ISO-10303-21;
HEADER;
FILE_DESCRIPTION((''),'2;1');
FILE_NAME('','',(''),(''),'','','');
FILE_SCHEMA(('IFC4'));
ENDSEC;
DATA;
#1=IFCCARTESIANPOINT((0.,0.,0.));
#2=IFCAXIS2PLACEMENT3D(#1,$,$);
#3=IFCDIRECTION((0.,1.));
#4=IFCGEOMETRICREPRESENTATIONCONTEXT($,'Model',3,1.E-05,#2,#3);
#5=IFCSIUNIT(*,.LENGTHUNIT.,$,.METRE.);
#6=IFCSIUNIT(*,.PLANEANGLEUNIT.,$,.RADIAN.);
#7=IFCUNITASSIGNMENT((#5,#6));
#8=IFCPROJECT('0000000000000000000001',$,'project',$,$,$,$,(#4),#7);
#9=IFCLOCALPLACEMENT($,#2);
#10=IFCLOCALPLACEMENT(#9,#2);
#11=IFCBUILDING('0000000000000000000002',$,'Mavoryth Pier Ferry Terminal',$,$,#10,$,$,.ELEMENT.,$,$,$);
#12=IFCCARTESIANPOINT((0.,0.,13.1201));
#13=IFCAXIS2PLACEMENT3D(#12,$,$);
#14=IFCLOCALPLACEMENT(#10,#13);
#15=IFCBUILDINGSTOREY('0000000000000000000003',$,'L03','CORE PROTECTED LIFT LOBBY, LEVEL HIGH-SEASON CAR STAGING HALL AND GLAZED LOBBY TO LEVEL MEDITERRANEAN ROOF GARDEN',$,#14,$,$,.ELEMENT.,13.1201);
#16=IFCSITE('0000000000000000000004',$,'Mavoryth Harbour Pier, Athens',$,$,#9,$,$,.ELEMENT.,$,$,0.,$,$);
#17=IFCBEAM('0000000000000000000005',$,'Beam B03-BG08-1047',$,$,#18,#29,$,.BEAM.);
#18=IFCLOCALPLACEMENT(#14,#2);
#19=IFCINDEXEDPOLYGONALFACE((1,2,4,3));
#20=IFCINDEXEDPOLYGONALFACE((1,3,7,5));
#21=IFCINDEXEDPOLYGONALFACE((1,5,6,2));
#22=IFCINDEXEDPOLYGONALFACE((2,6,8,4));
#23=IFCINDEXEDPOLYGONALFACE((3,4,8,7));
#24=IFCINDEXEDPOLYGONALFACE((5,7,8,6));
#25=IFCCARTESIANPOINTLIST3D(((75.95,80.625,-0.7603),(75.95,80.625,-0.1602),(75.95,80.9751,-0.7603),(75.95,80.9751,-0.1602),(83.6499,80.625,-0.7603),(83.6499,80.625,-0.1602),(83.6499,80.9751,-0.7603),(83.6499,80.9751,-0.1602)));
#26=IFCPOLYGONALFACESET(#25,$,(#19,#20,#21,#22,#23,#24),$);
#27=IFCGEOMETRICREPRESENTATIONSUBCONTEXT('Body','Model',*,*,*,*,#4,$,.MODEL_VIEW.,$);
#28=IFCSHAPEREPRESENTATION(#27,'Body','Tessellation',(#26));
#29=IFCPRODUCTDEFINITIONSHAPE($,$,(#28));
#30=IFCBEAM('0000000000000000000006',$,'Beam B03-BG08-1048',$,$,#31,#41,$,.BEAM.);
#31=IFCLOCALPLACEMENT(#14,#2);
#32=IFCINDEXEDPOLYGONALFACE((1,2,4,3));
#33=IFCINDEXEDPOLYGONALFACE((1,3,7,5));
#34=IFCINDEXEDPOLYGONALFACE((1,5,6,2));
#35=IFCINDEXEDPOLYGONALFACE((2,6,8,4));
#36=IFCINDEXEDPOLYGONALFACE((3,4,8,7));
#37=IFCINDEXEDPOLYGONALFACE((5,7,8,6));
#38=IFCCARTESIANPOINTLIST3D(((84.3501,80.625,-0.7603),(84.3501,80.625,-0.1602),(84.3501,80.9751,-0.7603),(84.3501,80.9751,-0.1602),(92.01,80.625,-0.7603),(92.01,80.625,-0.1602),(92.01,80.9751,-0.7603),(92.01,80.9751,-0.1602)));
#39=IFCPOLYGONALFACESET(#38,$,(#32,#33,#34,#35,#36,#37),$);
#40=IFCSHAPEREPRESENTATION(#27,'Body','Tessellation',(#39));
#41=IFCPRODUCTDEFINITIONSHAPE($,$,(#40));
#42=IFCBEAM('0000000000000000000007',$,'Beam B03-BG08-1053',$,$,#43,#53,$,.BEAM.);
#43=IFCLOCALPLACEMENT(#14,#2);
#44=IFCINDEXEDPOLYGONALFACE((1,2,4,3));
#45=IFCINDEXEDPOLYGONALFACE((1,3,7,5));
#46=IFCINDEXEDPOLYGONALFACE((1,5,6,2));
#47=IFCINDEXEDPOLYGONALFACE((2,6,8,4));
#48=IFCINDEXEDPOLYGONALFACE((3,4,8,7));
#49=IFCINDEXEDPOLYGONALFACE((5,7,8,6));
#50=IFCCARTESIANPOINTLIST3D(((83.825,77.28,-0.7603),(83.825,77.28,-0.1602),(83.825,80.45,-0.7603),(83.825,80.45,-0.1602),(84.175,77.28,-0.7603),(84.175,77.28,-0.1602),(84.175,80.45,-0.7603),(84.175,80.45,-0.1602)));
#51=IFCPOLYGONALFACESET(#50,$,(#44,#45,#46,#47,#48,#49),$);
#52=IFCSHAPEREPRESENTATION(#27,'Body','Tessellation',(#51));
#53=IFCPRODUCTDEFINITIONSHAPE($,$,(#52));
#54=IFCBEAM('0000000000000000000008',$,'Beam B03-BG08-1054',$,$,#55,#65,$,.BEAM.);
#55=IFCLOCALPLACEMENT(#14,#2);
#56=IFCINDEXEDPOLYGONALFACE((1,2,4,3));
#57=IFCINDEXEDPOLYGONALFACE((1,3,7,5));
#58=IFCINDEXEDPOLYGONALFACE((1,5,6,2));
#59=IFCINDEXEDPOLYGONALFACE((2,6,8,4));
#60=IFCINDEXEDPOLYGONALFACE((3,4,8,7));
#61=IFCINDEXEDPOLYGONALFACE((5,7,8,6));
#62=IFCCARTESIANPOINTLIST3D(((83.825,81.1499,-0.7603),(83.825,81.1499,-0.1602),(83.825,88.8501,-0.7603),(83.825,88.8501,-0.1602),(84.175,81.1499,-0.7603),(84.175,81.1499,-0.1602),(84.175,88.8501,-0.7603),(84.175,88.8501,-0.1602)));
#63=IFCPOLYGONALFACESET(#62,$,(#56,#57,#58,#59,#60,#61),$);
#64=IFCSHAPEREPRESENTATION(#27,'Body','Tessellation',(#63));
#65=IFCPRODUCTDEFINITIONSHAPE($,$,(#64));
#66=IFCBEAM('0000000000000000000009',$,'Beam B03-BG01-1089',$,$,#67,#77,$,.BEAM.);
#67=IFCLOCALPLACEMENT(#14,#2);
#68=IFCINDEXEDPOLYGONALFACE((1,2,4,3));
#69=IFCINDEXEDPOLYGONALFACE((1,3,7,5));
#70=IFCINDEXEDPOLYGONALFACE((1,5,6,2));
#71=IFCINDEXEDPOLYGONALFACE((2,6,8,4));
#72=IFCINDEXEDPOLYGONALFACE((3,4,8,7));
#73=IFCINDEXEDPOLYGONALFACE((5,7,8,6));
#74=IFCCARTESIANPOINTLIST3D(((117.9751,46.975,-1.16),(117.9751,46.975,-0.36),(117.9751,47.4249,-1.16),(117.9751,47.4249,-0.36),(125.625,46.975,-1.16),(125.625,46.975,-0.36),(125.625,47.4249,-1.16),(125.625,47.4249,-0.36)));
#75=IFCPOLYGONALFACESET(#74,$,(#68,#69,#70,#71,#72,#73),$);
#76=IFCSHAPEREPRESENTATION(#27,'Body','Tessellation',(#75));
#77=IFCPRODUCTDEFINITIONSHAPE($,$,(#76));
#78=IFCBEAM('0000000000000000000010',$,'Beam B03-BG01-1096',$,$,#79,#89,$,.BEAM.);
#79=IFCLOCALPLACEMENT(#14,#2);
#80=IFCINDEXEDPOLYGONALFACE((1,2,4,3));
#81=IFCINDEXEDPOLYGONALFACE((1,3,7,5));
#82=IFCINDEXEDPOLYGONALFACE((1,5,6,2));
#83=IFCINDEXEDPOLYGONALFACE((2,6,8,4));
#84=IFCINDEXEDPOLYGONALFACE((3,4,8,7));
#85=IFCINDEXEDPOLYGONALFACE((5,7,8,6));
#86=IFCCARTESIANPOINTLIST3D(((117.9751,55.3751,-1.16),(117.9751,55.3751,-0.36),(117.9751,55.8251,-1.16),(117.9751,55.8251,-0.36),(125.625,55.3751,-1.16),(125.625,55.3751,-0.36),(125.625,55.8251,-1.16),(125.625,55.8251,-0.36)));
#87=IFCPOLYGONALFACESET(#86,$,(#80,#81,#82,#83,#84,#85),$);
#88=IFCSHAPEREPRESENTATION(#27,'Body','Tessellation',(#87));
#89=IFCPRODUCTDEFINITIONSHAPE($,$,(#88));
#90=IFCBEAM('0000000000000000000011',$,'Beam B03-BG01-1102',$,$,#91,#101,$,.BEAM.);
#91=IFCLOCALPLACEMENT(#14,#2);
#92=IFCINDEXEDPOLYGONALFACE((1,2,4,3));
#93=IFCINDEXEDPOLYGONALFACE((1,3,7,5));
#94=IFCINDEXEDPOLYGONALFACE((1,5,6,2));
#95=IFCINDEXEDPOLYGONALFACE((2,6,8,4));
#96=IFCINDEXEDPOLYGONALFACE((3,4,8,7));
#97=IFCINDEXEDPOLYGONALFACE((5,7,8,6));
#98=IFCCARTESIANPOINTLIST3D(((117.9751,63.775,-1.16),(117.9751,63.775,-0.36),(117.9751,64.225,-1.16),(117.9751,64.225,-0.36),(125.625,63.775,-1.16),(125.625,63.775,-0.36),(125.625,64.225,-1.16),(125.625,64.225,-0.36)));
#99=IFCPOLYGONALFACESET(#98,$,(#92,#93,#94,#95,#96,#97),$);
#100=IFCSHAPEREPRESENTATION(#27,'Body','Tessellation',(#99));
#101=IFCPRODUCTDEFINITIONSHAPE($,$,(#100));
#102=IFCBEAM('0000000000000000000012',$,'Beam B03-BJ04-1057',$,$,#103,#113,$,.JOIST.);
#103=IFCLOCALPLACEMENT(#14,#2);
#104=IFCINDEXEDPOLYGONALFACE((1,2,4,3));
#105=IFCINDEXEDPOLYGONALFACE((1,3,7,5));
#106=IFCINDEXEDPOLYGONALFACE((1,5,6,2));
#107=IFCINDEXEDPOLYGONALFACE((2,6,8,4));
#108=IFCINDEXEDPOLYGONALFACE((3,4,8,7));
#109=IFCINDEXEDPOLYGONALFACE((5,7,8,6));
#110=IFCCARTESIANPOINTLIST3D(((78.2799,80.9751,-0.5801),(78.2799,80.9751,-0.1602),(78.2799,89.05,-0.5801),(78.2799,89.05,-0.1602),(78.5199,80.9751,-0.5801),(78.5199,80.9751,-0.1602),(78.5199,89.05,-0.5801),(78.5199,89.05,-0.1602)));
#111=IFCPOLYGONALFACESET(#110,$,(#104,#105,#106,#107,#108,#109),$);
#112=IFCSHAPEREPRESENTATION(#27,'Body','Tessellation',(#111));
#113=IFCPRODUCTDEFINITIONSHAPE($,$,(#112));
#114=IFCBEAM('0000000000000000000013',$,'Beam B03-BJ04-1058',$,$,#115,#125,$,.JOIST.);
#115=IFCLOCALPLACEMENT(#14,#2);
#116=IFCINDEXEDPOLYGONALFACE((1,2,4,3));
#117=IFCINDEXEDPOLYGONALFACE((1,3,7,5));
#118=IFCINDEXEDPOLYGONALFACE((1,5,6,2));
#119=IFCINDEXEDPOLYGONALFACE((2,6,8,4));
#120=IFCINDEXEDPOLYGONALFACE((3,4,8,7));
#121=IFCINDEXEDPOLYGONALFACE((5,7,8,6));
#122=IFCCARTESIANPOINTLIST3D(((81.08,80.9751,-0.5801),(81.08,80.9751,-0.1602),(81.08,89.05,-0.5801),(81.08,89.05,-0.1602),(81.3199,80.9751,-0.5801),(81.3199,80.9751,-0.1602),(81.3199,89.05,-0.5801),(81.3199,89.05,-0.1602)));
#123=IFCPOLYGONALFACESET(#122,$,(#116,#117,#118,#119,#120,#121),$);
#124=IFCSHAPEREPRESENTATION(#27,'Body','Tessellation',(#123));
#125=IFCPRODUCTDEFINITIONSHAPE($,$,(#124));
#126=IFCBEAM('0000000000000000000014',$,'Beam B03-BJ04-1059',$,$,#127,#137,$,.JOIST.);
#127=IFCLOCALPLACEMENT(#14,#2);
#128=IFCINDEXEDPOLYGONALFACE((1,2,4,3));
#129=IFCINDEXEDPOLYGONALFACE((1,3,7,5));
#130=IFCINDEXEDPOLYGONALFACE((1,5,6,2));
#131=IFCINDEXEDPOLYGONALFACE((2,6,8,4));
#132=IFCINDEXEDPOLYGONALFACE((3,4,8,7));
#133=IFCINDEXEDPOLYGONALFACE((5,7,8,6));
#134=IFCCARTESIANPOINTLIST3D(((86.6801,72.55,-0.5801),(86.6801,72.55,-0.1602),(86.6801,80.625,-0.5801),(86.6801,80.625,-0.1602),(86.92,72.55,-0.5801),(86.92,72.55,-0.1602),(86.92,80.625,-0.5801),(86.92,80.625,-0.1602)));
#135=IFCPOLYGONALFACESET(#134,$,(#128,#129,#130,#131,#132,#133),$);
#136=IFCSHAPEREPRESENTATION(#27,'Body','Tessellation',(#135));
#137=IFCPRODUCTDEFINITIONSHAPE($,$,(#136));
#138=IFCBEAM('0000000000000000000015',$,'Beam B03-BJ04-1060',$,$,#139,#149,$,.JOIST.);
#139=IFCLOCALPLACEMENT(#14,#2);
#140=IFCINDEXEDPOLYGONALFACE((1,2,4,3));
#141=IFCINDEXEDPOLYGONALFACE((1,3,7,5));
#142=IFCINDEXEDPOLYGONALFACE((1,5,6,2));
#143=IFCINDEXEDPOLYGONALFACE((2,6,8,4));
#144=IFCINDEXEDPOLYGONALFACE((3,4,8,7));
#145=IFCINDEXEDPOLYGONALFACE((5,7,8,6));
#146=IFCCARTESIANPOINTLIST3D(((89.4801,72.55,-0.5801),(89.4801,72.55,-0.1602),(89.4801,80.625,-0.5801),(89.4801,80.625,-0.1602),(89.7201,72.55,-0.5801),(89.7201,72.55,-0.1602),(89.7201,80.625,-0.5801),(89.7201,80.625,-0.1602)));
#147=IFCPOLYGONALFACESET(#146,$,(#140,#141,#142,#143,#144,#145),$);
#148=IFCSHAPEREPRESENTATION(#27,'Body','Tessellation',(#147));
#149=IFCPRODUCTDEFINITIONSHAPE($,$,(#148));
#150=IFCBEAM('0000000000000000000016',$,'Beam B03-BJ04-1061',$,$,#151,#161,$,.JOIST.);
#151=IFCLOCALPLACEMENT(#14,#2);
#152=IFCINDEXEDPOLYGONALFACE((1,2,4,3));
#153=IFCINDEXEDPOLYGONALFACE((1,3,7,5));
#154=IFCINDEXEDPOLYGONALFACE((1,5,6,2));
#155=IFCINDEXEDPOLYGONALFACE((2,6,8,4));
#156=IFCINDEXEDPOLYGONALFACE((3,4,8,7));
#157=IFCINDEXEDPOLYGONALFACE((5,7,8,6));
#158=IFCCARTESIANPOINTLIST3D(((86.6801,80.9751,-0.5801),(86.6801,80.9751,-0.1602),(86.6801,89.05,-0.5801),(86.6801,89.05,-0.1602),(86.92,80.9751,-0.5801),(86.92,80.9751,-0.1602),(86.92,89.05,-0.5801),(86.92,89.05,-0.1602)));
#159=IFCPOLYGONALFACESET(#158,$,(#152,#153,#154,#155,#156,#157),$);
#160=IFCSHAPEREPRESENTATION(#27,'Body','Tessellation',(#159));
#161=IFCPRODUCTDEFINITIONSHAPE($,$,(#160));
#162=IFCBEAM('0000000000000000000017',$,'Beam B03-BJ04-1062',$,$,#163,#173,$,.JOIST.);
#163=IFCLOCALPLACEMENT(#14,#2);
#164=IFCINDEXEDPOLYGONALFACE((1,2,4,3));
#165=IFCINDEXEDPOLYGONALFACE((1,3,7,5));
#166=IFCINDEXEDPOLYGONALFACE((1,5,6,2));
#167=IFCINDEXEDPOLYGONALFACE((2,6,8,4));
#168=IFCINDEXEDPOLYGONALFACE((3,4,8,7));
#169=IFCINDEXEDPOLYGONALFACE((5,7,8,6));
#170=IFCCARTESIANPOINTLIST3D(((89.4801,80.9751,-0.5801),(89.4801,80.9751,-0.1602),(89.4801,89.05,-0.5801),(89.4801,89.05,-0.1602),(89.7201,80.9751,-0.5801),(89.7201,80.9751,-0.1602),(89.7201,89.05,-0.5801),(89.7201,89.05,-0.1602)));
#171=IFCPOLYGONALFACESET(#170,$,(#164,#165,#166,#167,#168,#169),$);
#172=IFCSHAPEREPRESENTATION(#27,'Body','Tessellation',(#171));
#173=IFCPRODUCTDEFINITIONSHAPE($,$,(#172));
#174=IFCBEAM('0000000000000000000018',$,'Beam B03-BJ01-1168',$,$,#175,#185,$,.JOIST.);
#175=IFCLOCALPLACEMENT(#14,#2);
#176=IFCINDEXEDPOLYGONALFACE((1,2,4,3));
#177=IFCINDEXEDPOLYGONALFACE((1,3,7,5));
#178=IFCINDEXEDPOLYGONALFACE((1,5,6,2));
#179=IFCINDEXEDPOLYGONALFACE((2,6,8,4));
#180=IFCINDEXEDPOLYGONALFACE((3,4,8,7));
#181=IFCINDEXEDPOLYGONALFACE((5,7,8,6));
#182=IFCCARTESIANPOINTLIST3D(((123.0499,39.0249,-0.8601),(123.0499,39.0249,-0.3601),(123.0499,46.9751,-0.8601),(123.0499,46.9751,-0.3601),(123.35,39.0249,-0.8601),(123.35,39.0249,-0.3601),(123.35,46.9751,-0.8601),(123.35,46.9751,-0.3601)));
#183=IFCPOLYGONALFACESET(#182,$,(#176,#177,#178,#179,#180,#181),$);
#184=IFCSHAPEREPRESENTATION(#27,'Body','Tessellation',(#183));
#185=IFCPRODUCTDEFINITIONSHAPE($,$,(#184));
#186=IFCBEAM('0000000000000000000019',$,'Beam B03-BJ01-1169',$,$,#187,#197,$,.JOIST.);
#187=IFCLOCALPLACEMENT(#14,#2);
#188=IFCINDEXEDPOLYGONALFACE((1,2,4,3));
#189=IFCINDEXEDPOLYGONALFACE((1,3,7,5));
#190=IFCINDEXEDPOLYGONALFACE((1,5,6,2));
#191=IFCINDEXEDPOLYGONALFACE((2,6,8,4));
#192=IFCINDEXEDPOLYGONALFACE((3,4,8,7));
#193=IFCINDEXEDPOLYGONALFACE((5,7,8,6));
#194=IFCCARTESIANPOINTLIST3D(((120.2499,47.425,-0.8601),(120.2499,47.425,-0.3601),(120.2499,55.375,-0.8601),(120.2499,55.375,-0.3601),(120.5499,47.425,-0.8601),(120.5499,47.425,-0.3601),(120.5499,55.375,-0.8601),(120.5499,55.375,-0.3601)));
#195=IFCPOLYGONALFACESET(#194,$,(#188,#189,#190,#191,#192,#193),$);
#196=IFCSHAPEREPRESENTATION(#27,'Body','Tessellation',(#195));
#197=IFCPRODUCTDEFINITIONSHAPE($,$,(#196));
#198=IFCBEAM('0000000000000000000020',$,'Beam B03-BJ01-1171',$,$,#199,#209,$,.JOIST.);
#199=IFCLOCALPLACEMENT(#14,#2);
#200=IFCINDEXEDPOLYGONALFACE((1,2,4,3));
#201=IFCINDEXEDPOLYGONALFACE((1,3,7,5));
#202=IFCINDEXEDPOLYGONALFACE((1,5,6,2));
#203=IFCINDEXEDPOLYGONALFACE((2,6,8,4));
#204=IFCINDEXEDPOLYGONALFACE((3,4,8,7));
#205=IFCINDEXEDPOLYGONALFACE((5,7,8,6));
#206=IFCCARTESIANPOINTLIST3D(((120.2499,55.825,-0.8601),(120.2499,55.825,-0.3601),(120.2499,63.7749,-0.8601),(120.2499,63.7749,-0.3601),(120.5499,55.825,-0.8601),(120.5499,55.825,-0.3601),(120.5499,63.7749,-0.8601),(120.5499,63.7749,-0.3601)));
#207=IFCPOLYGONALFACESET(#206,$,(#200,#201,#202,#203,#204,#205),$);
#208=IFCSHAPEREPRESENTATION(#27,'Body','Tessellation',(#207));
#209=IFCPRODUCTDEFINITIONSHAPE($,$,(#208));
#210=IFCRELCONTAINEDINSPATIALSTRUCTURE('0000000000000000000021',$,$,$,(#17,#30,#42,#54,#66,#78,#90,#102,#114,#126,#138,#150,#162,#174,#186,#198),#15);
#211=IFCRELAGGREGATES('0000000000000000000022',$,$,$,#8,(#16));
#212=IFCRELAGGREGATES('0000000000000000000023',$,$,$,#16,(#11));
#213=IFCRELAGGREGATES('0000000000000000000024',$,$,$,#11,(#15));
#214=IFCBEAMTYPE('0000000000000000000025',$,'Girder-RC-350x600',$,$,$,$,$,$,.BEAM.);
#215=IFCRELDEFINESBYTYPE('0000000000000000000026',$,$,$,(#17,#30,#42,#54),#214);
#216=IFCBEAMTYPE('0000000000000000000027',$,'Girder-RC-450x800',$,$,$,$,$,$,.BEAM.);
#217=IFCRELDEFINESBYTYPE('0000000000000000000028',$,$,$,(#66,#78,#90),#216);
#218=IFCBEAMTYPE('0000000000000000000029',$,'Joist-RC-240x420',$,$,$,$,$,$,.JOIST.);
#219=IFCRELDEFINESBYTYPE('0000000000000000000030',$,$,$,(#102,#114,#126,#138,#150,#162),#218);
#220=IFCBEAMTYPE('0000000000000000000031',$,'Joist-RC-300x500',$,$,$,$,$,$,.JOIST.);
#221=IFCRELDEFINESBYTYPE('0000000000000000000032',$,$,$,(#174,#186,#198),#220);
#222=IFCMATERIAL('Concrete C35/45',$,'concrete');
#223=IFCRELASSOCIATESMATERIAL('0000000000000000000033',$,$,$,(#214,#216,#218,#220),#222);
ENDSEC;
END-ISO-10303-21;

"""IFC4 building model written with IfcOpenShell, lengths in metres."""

from ifc_helpers import new_model, si_unit, direction, frame, origin, origin_2d, place, context, subcontext, project, spatial, rectangle, extrude, material, material_profile, profile_set, type_object, element, save


model = new_model("IFC4")

# Units and contexts
model_context = context("Model", 3, precision=1e-05, world=origin(), true_north=direction((0.0, 1.0)))
body_context = subcontext(model_context, "Body", "Model", "MODEL_VIEW")
ifc_project = project(units=[si_unit("LENGTHUNIT", "METRE"), si_unit("PLANEANGLEUNIT", "RADIAN")], contexts=[model_context])

# Site, building, storey
site_placement = place(None, origin())
site = spatial("IfcSite", under=ifc_project, at=site_placement, Name="Mavoryth Harbour Pier, Athens", CompositionType="ELEMENT", RefElevation=0.0)
building_placement = place(site_placement, origin())
building = spatial("IfcBuilding", under=site, at=building_placement, Name="Mavoryth Pier Ferry Terminal", CompositionType="ELEMENT")
storey_placement = place(building_placement, frame((0.0, 0.0, 13.1201)))
storey = spatial("IfcBuildingStorey", under=building, at=storey_placement, Name="L03", Description="CORE PROTECTED LIFT LOBBY, LEVEL HIGH-SEASON CAR STAGING HALL AND GLAZED LOBBY TO LEVEL MEDITERRANEAN ROOF GARDEN", CompositionType="ELEMENT", Elevation=13.1201)

# Beams
ifc_material = material(Name="Concrete C35/45", Category="concrete")
ifc_material_profile_1 = material_profile(ifc_material, rectangle(XDim=0.3501, YDim=0.6001, at=origin_2d()), Name="RC 350x600", Category="concrete")
ifc_profile_set_1 = profile_set([ifc_material_profile_1], Name="Concrete C35/45 - RC 350x600")
beam_type_1 = type_object("IfcBeamType", Name="Girder-RC-350x600", PredefinedType="BEAM", material=ifc_profile_set_1)
beam_1_placement = place(storey_placement, frame((75.95, 80.8, -0.4602), z_axis=(1.0, 0.0, 0.0), x_axis=(0.0, 1.0, 0.0)))
element("IfcBeam", 1, at=beam_1_placement, inside=storey, type_object=beam_type_1, Name="Beam B03-BG08-1047", PredefinedType="BEAM", context=body_context, shape_type="SweptSolid", body=[
    extrude(rectangle(XDim=0.3501, YDim=0.6001, at=origin_2d()), origin(), (0.0, 0.0, 1.0), 7.7),
])
beam_2_placement = place(storey_placement, frame((84.3501, 80.8, -0.4602), z_axis=(1.0, 0.0, 0.0), x_axis=(0.0, 1.0, 0.0)))
element("IfcBeam", 2, at=beam_2_placement, inside=storey, type_object=beam_type_1, Name="Beam B03-BG08-1048", PredefinedType="BEAM", context=body_context, shape_type="SweptSolid", body=[
    extrude(rectangle(XDim=0.3501, YDim=0.6001, at=origin_2d()), origin(), (0.0, 0.0, 1.0), 7.6599),
])
beam_3_placement = place(storey_placement, frame((84.0, 77.28, -0.4602), z_axis=(0.0, 1.0, 0.0), x_axis=(-1.0, 0.0, 0.0)))
element("IfcBeam", 3, at=beam_3_placement, inside=storey, type_object=beam_type_1, Name="Beam B03-BG08-1053", PredefinedType="BEAM", context=body_context, shape_type="SweptSolid", body=[
    extrude(rectangle(XDim=0.3501, YDim=0.6001, at=origin_2d()), origin(), (0.0, 0.0, 1.0), 3.1699),
])
beam_4_placement = place(storey_placement, frame((84.0, 81.1499, -0.4602), z_axis=(0.0, 1.0, 0.0), x_axis=(-1.0, 0.0, 0.0)))
element("IfcBeam", 4, at=beam_4_placement, inside=storey, type_object=beam_type_1, Name="Beam B03-BG08-1054", PredefinedType="BEAM", context=body_context, shape_type="SweptSolid", body=[
    extrude(rectangle(XDim=0.3501, YDim=0.6001, at=origin_2d()), origin(), (0.0, 0.0, 1.0), 7.7002),
])
ifc_material_profile_2 = material_profile(ifc_material, rectangle(XDim=0.45, YDim=0.8, at=origin_2d()), Name="RC 450x800", Category="concrete")
ifc_profile_set_2 = profile_set([ifc_material_profile_2], Name="Concrete C35/45 - RC 450x800")
beam_type_2 = type_object("IfcBeamType", Name="Girder-RC-450x800", PredefinedType="BEAM", material=ifc_profile_set_2)
for number, where, z_axis, x_axis, name in (
    (5, (117.9751, 47.2, -0.76), (1.0, 0.0, 0.0), (0.0, 1.0, 0.0), "Beam B03-BG01-1089"),
    (6, (117.9751, 55.6001, -0.76), (1.0, 0.0, 0.0), (0.0, 1.0, 0.0), "Beam B03-BG01-1096"),
    (7, (117.9751, 64.0, -0.76), (1.0, 0.0, 0.0), (0.0, 1.0, 0.0), "Beam B03-BG01-1102"),
):
    element("IfcBeam", number, at=place(storey_placement, frame(where, z_axis=z_axis, x_axis=x_axis)), inside=storey, type_object=beam_type_2, Name=name, PredefinedType="BEAM", context=body_context, shape_type="SweptSolid", body=[
        extrude(rectangle(XDim=0.45, YDim=0.8, at=origin_2d()), origin(), (0.0, 0.0, 1.0), 7.6499),
    ])
ifc_material_profile_3 = material_profile(ifc_material, rectangle(XDim=0.24, YDim=0.4199, at=origin_2d()), Name="RC 240x420", Category="concrete")
ifc_profile_set_3 = profile_set([ifc_material_profile_3], Name="Concrete C35/45 - RC 240x420")
beam_type_3 = type_object("IfcBeamType", Name="Joist-RC-240x420", PredefinedType="JOIST", material=ifc_profile_set_3)
for number, where, z_axis, x_axis, name in (
    (8, (78.3999, 80.9751, -0.3701), (0.0, 1.0, 0.0), (-1.0, 0.0, 0.0), "Beam B03-BJ04-1057"),
    (9, (81.2, 80.9751, -0.3701), (0.0, 1.0, 0.0), (-1.0, 0.0, 0.0), "Beam B03-BJ04-1058"),
    (10, (86.8, 72.55, -0.3701), (0.0, 1.0, 0.0), (-1.0, 0.0, 0.0), "Beam B03-BJ04-1059"),
    (11, (89.6001, 72.55, -0.3701), (0.0, 1.0, 0.0), (-1.0, 0.0, 0.0), "Beam B03-BJ04-1060"),
    (12, (86.8, 80.9751, -0.3701), (0.0, 1.0, 0.0), (-1.0, 0.0, 0.0), "Beam B03-BJ04-1061"),
    (13, (89.6001, 80.9751, -0.3701), (0.0, 1.0, 0.0), (-1.0, 0.0, 0.0), "Beam B03-BJ04-1062"),
):
    element("IfcBeam", number, at=place(storey_placement, frame(where, z_axis=z_axis, x_axis=x_axis)), inside=storey, type_object=beam_type_3, Name=name, PredefinedType="JOIST", context=body_context, shape_type="SweptSolid", body=[
        extrude(rectangle(XDim=0.24, YDim=0.4199, at=origin_2d()), origin(), (0.0, 0.0, 1.0), 8.075),
    ])
ifc_material_profile_4 = material_profile(ifc_material, rectangle(XDim=0.3, YDim=0.5, at=origin_2d()), Name="RC 300x500", Category="concrete")
ifc_profile_set_4 = profile_set([ifc_material_profile_4], Name="Concrete C35/45 - RC 300x500")
beam_type_4 = type_object("IfcBeamType", Name="Joist-RC-300x500", PredefinedType="JOIST", material=ifc_profile_set_4)
beam_5_placement = place(storey_placement, frame((123.2, 39.0249, -0.6101), z_axis=(0.0, 1.0, 0.0), x_axis=(-1.0, 0.0, 0.0)))
element("IfcBeam", 14, at=beam_5_placement, inside=storey, type_object=beam_type_4, Name="Beam B03-BJ01-1168", PredefinedType="JOIST", context=body_context, shape_type="SweptSolid", body=[
    extrude(rectangle(XDim=0.3, YDim=0.5, at=origin_2d()), origin(), (0.0, 0.0, 1.0), 7.9502),
])
for number, where, z_axis, x_axis, name in (
    (15, (120.3999, 47.425, -0.6101), (0.0, 1.0, 0.0), (-1.0, 0.0, 0.0), "Beam B03-BJ01-1169"),
    (16, (120.3999, 55.825, -0.6101), (0.0, 1.0, 0.0), (-1.0, 0.0, 0.0), "Beam B03-BJ01-1171"),
):
    element("IfcBeam", number, at=place(storey_placement, frame(where, z_axis=z_axis, x_axis=x_axis)), inside=storey, type_object=beam_type_4, Name=name, PredefinedType="JOIST", context=body_context, shape_type="SweptSolid", body=[
        extrude(rectangle(XDim=0.3, YDim=0.5, at=origin_2d()), origin(), (0.0, 0.0, 1.0), 7.95),
    ])

save(model, "model.ifc")
